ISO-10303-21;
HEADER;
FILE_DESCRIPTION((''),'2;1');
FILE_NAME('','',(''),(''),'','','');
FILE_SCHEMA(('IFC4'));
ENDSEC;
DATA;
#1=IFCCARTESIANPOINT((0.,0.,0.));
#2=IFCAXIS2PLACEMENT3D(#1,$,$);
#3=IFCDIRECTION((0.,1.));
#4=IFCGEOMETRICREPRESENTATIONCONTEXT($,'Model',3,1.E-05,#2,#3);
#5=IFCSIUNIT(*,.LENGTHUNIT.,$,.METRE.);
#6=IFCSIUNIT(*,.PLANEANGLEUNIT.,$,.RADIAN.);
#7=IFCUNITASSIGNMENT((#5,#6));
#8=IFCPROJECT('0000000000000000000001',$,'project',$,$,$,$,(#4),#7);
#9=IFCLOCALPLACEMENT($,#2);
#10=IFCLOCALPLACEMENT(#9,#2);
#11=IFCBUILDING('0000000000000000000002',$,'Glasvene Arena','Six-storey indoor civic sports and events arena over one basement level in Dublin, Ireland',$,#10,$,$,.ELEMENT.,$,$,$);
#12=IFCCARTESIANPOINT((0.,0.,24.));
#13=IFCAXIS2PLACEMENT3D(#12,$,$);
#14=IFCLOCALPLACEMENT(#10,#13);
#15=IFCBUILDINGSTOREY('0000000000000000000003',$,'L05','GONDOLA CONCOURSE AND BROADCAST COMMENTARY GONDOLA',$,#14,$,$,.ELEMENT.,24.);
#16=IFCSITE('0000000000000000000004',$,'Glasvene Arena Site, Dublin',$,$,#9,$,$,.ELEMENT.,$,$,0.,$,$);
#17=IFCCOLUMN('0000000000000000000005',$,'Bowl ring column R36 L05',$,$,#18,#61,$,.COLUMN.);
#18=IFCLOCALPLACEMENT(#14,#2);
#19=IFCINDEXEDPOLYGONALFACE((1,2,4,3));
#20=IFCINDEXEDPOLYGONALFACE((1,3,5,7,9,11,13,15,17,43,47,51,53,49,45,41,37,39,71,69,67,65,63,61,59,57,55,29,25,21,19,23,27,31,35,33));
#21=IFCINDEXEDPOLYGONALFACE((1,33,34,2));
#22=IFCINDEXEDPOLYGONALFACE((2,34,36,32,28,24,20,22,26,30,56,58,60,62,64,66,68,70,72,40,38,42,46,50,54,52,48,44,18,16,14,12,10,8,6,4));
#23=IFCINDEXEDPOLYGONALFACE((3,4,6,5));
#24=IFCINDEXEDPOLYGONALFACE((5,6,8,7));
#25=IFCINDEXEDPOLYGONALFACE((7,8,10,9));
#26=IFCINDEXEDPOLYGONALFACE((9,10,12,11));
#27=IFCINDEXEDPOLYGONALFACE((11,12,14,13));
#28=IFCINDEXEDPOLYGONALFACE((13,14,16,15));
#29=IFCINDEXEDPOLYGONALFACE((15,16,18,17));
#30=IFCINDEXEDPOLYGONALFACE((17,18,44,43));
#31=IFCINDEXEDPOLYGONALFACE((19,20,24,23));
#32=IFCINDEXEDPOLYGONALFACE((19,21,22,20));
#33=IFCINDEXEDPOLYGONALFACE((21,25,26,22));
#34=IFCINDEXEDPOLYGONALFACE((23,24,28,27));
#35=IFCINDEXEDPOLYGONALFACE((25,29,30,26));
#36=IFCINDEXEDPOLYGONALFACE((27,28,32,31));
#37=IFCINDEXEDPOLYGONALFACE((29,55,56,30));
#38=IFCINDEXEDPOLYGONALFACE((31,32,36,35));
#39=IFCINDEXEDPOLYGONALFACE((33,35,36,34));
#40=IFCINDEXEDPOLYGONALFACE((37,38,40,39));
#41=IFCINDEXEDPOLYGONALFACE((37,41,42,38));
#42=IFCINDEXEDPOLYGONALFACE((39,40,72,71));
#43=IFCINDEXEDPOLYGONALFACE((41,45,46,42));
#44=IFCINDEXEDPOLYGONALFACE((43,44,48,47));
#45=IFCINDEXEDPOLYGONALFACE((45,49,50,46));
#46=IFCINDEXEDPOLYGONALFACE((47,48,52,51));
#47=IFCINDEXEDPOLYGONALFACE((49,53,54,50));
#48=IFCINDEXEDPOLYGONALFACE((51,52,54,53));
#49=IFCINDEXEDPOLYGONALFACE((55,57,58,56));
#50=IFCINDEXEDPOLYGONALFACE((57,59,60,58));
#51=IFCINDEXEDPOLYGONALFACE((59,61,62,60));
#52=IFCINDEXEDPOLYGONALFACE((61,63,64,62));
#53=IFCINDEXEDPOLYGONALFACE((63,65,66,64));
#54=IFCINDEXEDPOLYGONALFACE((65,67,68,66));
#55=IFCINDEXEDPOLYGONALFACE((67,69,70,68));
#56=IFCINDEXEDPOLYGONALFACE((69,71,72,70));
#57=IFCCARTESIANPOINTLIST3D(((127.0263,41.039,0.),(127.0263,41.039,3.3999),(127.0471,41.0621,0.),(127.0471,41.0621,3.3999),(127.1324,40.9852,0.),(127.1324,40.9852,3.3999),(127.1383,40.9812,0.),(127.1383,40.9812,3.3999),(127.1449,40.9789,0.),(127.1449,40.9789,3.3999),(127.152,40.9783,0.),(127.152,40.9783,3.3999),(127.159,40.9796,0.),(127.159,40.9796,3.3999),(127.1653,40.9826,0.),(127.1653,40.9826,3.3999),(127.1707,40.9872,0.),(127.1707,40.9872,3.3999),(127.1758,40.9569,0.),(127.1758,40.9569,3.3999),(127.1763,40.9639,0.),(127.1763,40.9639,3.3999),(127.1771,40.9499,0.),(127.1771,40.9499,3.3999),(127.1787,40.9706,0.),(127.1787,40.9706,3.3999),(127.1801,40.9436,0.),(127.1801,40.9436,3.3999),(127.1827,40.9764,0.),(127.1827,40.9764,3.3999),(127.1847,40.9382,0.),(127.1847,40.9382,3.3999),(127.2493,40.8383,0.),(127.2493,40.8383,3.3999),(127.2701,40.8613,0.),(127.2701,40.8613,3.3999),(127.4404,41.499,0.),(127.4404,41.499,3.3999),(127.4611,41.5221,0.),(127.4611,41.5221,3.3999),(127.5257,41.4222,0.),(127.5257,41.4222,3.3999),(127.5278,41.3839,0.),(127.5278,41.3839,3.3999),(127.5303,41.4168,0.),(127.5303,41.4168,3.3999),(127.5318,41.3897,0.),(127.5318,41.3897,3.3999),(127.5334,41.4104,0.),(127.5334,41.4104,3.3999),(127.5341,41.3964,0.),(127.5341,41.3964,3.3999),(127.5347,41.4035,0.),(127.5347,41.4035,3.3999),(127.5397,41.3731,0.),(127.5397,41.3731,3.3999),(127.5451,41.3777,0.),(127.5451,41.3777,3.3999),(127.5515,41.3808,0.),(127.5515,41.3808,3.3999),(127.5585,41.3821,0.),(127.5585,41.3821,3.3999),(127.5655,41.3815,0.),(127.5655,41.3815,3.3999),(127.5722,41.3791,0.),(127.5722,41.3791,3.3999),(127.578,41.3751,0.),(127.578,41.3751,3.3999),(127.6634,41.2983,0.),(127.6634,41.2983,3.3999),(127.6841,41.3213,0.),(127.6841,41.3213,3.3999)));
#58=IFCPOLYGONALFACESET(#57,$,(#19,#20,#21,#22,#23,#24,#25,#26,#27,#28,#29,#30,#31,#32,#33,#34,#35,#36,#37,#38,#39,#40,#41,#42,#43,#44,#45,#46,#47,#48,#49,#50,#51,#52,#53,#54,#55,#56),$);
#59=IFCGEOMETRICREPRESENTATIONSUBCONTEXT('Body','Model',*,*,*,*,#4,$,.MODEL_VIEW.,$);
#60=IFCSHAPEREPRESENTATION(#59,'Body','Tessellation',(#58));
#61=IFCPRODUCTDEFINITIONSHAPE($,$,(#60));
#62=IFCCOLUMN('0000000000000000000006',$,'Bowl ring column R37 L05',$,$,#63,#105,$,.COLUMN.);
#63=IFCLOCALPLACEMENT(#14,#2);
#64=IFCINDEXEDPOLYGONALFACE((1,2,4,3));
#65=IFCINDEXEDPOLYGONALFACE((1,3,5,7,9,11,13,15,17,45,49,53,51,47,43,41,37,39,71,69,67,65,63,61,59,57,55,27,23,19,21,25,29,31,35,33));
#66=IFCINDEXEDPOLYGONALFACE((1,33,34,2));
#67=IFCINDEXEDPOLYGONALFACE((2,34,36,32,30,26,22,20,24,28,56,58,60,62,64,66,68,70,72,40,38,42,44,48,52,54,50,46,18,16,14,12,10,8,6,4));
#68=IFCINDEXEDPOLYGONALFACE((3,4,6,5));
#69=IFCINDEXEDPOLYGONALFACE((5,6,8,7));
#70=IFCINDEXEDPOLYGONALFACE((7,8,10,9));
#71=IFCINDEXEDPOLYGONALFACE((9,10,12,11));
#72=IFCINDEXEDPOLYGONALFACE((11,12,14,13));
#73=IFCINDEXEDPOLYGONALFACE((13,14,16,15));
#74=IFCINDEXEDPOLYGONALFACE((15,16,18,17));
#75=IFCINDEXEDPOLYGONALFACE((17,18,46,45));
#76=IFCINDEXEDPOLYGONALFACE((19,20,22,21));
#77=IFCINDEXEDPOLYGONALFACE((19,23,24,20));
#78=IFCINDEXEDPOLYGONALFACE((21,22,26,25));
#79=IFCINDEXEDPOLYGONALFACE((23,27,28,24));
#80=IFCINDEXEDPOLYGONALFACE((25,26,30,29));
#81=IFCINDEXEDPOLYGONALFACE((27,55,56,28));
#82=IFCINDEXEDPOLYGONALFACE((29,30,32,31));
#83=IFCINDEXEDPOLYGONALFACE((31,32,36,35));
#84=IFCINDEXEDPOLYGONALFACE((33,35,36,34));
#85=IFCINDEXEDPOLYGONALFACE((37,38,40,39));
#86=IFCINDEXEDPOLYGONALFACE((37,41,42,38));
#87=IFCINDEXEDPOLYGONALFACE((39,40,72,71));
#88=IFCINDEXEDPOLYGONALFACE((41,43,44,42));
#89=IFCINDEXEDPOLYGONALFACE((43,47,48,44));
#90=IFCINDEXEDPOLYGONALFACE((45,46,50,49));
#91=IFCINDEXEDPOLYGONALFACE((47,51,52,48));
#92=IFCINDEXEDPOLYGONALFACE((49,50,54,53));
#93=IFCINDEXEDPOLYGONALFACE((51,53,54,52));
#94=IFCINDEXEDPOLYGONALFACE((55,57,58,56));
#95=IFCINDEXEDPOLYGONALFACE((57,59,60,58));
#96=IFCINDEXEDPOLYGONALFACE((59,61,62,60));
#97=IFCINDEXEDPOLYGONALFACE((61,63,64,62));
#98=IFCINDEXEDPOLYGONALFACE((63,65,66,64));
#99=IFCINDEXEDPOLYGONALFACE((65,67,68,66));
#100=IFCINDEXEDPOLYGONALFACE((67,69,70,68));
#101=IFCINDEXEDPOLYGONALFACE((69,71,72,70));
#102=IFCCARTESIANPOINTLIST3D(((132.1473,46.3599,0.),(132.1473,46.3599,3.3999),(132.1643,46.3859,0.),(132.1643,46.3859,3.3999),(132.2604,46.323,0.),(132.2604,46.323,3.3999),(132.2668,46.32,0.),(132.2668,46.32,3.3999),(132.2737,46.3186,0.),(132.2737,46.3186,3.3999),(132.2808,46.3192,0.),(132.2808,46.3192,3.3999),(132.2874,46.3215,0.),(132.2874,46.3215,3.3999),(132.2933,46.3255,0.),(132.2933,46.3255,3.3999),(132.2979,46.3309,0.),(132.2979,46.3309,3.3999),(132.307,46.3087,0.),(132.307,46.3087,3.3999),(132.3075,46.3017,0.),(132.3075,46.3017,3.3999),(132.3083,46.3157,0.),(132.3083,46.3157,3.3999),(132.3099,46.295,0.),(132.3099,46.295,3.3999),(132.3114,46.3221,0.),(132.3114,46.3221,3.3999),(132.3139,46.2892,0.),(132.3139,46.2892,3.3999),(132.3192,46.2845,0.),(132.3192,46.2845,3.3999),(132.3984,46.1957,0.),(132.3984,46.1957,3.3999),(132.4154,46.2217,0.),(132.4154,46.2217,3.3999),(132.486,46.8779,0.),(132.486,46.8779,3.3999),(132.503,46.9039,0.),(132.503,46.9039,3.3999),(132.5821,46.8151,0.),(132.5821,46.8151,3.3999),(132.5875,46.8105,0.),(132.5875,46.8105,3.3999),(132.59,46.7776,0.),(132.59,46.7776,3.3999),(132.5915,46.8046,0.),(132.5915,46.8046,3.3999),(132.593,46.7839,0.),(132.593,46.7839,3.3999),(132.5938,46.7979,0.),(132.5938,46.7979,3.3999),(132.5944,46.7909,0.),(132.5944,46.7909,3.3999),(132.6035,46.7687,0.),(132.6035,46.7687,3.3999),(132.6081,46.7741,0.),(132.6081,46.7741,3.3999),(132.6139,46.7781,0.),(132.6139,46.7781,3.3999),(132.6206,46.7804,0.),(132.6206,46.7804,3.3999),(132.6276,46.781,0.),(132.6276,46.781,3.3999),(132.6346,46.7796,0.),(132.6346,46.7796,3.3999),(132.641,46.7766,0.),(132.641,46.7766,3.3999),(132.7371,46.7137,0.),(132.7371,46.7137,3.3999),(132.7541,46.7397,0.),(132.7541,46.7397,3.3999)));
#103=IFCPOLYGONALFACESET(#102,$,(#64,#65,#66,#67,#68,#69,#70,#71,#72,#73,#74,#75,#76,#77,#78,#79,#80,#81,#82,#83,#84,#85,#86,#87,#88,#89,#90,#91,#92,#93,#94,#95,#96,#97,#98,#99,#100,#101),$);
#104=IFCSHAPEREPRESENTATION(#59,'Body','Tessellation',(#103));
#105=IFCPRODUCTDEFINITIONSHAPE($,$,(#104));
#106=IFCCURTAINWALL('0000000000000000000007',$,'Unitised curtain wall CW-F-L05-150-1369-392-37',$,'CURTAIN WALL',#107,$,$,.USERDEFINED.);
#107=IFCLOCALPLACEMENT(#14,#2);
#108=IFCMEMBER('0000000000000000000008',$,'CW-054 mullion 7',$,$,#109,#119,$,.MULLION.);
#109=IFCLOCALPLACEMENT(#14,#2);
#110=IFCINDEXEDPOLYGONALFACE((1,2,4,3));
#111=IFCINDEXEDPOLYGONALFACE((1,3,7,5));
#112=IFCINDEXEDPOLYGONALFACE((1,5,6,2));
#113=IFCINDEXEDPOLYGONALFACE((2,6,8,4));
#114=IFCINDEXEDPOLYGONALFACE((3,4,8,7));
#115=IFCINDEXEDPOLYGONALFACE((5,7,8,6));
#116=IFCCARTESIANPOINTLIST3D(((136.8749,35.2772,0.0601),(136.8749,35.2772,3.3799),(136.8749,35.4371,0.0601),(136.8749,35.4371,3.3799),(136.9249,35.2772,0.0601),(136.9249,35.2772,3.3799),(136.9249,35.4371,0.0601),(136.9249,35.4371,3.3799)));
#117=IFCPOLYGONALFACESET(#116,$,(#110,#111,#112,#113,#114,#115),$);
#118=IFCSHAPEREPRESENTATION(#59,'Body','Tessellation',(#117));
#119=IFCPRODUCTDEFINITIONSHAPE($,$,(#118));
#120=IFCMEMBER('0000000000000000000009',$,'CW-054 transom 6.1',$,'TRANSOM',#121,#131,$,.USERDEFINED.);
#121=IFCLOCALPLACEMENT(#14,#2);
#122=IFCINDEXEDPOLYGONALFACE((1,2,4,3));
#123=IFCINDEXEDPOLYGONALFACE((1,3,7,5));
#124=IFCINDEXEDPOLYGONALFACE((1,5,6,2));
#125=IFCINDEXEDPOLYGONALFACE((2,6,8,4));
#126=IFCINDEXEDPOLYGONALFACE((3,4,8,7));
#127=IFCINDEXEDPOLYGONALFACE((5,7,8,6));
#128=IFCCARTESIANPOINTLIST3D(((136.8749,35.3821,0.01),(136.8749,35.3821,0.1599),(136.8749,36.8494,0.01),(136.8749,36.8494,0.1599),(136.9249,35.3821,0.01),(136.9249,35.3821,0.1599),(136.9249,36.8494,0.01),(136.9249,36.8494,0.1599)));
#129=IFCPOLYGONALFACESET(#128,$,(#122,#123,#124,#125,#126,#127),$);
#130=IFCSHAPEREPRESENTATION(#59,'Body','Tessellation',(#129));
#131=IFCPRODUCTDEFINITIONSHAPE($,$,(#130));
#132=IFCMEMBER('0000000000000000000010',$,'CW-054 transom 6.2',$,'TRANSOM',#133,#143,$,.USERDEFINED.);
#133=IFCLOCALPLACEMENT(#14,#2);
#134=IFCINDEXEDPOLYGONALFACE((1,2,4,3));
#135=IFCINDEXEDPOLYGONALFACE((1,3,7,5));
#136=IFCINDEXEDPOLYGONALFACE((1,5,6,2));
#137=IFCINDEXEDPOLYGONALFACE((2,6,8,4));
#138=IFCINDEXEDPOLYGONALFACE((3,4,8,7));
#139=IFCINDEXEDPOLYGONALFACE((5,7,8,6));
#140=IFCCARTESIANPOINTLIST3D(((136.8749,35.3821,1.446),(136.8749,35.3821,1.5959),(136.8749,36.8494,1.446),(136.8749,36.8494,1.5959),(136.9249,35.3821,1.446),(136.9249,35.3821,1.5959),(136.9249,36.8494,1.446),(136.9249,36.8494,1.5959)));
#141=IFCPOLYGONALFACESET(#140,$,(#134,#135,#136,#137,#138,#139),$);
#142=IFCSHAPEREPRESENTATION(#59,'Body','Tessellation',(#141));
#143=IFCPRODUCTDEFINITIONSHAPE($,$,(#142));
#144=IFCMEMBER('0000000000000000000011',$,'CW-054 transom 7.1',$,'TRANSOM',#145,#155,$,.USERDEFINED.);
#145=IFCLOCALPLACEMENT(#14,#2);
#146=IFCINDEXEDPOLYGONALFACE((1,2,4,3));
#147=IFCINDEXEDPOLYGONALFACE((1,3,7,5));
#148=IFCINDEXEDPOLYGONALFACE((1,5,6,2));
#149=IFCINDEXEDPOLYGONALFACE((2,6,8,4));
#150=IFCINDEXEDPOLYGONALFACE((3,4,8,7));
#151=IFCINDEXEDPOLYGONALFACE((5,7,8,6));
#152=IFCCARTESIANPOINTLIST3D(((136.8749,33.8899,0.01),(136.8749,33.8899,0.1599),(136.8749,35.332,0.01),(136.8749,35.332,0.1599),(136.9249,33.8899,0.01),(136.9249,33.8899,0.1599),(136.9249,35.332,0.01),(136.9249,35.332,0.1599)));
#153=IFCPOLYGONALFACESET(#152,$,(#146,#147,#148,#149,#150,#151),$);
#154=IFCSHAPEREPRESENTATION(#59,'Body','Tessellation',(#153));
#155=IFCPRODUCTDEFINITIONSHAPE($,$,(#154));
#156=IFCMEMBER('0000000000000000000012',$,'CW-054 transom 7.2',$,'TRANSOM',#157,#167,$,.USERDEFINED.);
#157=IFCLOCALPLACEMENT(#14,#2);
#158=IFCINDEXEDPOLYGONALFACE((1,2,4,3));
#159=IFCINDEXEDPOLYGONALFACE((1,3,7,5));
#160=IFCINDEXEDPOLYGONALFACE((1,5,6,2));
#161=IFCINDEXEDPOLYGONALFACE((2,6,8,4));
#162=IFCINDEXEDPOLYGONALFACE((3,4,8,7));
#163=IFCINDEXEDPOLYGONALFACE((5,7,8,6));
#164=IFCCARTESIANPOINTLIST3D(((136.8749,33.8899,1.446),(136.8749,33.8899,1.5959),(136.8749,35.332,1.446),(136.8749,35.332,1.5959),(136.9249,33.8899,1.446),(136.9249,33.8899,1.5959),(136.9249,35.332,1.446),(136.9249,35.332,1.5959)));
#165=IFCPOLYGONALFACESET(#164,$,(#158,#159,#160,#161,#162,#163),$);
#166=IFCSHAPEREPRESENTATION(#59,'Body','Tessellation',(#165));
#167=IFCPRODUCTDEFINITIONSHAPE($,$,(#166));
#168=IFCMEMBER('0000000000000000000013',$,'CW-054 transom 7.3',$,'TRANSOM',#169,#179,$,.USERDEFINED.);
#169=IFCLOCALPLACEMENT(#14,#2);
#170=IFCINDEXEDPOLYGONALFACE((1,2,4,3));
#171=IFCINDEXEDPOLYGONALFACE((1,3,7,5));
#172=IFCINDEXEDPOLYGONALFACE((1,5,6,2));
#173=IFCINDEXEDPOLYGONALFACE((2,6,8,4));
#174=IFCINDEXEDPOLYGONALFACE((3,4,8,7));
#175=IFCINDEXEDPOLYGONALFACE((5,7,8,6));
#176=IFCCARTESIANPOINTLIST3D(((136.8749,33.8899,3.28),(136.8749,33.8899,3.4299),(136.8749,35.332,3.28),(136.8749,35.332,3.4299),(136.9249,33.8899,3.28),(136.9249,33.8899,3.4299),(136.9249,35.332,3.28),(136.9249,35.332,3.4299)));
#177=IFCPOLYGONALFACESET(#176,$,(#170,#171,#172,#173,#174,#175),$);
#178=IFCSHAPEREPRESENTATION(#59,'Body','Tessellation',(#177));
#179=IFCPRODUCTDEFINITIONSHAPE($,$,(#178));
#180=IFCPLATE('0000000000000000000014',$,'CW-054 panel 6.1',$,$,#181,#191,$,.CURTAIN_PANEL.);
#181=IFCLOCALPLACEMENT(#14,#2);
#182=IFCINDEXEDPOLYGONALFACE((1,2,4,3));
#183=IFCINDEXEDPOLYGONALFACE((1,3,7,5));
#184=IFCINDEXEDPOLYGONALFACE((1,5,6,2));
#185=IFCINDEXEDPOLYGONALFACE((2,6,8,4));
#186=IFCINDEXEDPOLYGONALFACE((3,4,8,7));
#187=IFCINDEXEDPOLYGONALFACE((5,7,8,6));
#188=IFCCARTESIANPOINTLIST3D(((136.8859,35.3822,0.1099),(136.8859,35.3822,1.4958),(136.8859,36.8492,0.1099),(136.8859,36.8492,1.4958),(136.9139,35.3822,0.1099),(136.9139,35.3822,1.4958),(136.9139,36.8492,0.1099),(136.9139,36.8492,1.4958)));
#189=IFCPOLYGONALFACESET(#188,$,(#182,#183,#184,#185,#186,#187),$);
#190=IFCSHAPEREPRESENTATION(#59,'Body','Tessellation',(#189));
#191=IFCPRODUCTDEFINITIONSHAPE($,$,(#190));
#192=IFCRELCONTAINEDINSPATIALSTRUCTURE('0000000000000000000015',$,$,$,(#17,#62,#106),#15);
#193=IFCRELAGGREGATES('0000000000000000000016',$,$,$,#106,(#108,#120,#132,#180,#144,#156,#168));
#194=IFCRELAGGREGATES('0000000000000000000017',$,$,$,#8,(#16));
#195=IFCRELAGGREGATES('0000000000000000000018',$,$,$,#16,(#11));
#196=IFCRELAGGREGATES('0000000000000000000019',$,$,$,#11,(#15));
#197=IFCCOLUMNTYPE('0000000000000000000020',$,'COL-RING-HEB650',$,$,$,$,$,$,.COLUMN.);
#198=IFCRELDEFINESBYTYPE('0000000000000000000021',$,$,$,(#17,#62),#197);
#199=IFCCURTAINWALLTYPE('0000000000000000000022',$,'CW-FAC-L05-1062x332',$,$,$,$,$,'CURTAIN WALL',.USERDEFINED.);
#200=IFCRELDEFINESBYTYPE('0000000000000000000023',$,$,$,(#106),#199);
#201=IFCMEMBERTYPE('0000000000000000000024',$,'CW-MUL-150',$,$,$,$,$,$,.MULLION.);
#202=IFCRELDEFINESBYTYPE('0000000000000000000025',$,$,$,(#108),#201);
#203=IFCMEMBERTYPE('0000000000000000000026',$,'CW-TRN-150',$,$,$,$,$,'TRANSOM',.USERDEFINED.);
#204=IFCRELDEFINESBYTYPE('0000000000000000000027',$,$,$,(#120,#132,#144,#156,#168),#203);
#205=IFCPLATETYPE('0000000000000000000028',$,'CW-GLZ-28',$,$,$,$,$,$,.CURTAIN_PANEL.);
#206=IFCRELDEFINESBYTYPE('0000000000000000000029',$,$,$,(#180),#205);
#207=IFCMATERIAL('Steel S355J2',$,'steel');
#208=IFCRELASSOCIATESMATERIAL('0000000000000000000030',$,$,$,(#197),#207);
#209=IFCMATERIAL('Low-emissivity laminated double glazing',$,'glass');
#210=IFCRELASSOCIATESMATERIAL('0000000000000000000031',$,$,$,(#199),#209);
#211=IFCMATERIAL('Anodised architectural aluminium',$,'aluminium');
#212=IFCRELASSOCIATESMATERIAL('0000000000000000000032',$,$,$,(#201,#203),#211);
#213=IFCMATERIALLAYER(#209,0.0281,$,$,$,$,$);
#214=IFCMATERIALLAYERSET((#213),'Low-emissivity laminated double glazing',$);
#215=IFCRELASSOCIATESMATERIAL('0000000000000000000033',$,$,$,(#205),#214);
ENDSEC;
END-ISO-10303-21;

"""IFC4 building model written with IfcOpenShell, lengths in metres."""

from ifc_helpers import new_model, si_unit, direction, frame, origin, origin_2d, place, context, subcontext, project, spatial, rectangle, i_section, extrude, material, layer, layer_set, material_profile, profile_set, type_object, element, aggregate, save


model = new_model("IFC4")

# Units and contexts
model_context = context("Model", 3, precision=1e-05, world=origin(), true_north=direction((0.0, 1.0)))
body_context = subcontext(model_context, "Body", "Model", "MODEL_VIEW")
ifc_project = project(units=[si_unit("LENGTHUNIT", "METRE"), si_unit("PLANEANGLEUNIT", "RADIAN")], contexts=[model_context])

# Site, building, storey
site_placement = place(None, origin())
site = spatial("IfcSite", under=ifc_project, at=site_placement, Name="Glasvene Arena Site, Dublin", CompositionType="ELEMENT", RefElevation=0.0)
building_placement = place(site_placement, origin())
building = spatial("IfcBuilding", under=site, at=building_placement, Name="Glasvene Arena", Description="Six-storey indoor civic sports and events arena over one basement level in Dublin, Ireland", CompositionType="ELEMENT")
storey_placement = place(building_placement, frame((0.0, 0.0, 24.0)))
storey = spatial("IfcBuildingStorey", under=building, at=storey_placement, Name="L05", Description="GONDOLA CONCOURSE AND BROADCAST COMMENTARY GONDOLA", CompositionType="ELEMENT", Elevation=24.0)

# Columns
ifc_material_1 = material(Name="Steel S355J2", Category="steel")
ifc_material_profile_1 = material_profile(ifc_material_1, i_section(OverallWidth=0.3, OverallDepth=0.6499, WebThickness=0.0161, FlangeThickness=0.031, FilletRadius=0.0271, at=origin_2d()), Name="HEB 650")
ifc_profile_set_1 = profile_set([ifc_material_profile_1], Name="Steel S355J2")
column_type = type_object("IfcColumnType", Name="COL-RING-HEB650", PredefinedType="COLUMN", material=ifc_profile_set_1)
for number, where, z_axis, x_axis, name in (
    (1, (127.3552, 41.1802, 0.0), (0.0, 0.0, 1.0), (0.743262, -0.669001, 0.0), "Bowl ring column R36 L05"),
    (2, (132.4507, 46.5498, 0.0), (0.0, 0.0, 1.0), (0.836955, -0.547271, 0.0), "Bowl ring column R37 L05"),
):
    element("IfcColumn", number, at=place(storey_placement, frame(where, z_axis=z_axis, x_axis=x_axis)), inside=storey, type_object=column_type, Name=name, PredefinedType="COLUMN", context=body_context, shape_type="SweptSolid", body=[
        extrude(i_section(OverallWidth=0.3, OverallDepth=0.6499, WebThickness=0.0161, FlangeThickness=0.031, FilletRadius=0.0271, at=origin_2d()), origin(), (0.0, 0.0, 1.0), 3.3999),
    ])

# Curtain wall, members, plate
ifc_material_2 = material(Name="Low-emissivity laminated double glazing", Category="glass")
curtain_wall_type = type_object("IfcCurtainWallType", Name="CW-FAC-L05-1062x332", ElementType="CURTAIN WALL", PredefinedType="USERDEFINED", material=ifc_material_2)
curtain_wall_placement = place(storey_placement, frame((136.8999, 44.46, 0.0)))
curtain_wall = element("IfcCurtainWall", 3, at=curtain_wall_placement, inside=storey, type_object=curtain_wall_type, Name="Unitised curtain wall CW-F-L05-150-1369-392-37", ObjectType="CURTAIN WALL", PredefinedType="USERDEFINED")
ifc_material_3 = material(Name="Anodised architectural aluminium", Category="aluminium")
ifc_material_profile_2 = material_profile(ifc_material_3, rectangle(XDim=0.05, YDim=0.1599, at=origin_2d()), Name="ALU MULLION 50x160")
ifc_profile_set_2 = profile_set([ifc_material_profile_2], Name="Anodised architectural aluminium")
member_type_1 = type_object("IfcMemberType", Name="CW-MUL-150", PredefinedType="MULLION", material=ifc_profile_set_2)
member_1_placement = place(storey_placement, frame((136.8999, 35.3572, 0.0601), z_axis=(0.0, 0.0, 1.0), x_axis=(1.0, 0.0, 0.0)))
member_1 = element("IfcMember", 4, at=member_1_placement, type_object=member_type_1, Name="CW-054 mullion 7", PredefinedType="MULLION", context=body_context, shape_type="SweptSolid", body=[
    extrude(rectangle(XDim=0.05, YDim=0.1599, at=origin_2d()), origin(), (0.0, 0.0, 1.0), 3.3198),
])
ifc_material_profile_3 = material_profile(ifc_material_3, rectangle(XDim=0.05, YDim=0.1499, at=origin_2d()), Name="ALU TRANSOM 50x150")
ifc_profile_set_3 = profile_set([ifc_material_profile_3], Name="Anodised architectural aluminium")
member_type_2 = type_object("IfcMemberType", Name="CW-TRN-150", ElementType="TRANSOM", PredefinedType="USERDEFINED", material=ifc_profile_set_3)
member_2_placement = place(storey_placement, frame((136.8999, 36.8494, 0.085), z_axis=(0.0, -1.0, 0.0), x_axis=(1.0, 0.0, 0.0)))
member_2 = element("IfcMember", 5, at=member_2_placement, type_object=member_type_2, Name="CW-054 transom 6.1", ObjectType="TRANSOM", PredefinedType="USERDEFINED", context=body_context, shape_type="SweptSolid", body=[
    extrude(rectangle(XDim=0.05, YDim=0.1499, at=origin_2d()), origin(), (0.0, 0.0, 1.0), 1.4673),
])
member_3_placement = place(storey_placement, frame((136.8999, 36.8494, 1.521), z_axis=(0.0, -1.0, 0.0), x_axis=(1.0, 0.0, 0.0)))
member_3 = element("IfcMember", 6, at=member_3_placement, type_object=member_type_2, Name="CW-054 transom 6.2", ObjectType="TRANSOM", PredefinedType="USERDEFINED", context=body_context, shape_type="SweptSolid", body=[
    extrude(rectangle(XDim=0.05, YDim=0.1499, at=origin_2d()), origin(), (0.0, 0.0, 1.0), 1.4673),
])
member_4_placement = place(storey_placement, frame((136.8999, 35.332, 0.085), z_axis=(0.0, -1.0, 0.0), x_axis=(1.0, 0.0, 0.0)))
member_4 = element("IfcMember", 7, at=member_4_placement, type_object=member_type_2, Name="CW-054 transom 7.1", ObjectType="TRANSOM", PredefinedType="USERDEFINED", context=body_context, shape_type="SweptSolid", body=[
    extrude(rectangle(XDim=0.05, YDim=0.1499, at=origin_2d()), origin(), (0.0, 0.0, 1.0), 1.4421),
])
member_5_placement = place(storey_placement, frame((136.8999, 35.332, 1.521), z_axis=(0.0, -1.0, 0.0), x_axis=(1.0, 0.0, 0.0)))
member_5 = element("IfcMember", 8, at=member_5_placement, type_object=member_type_2, Name="CW-054 transom 7.2", ObjectType="TRANSOM", PredefinedType="USERDEFINED", context=body_context, shape_type="SweptSolid", body=[
    extrude(rectangle(XDim=0.05, YDim=0.1499, at=origin_2d()), origin(), (0.0, 0.0, 1.0), 1.4421),
])
member_6_placement = place(storey_placement, frame((136.8999, 35.332, 3.355), z_axis=(0.0, -1.0, 0.0), x_axis=(1.0, 0.0, 0.0)))
member_6 = element("IfcMember", 9, at=member_6_placement, type_object=member_type_2, Name="CW-054 transom 7.3", ObjectType="TRANSOM", PredefinedType="USERDEFINED", context=body_context, shape_type="SweptSolid", body=[
    extrude(rectangle(XDim=0.05, YDim=0.1499, at=origin_2d()), origin(), (0.0, 0.0, 1.0), 1.4421),
])
ifc_layer_1 = layer(ifc_material_2, 0.0281)
ifc_layer_set_1 = layer_set([ifc_layer_1], Name="Low-emissivity laminated double glazing")
plate_type = type_object("IfcPlateType", Name="CW-GLZ-28", PredefinedType="CURTAIN_PANEL", material=ifc_layer_set_1)
plate_1_placement = place(storey_placement, frame((136.8999, 36.1157, 0.1099), z_axis=(0.0, 0.0, 1.0), x_axis=(0.0, -1.0, 0.0)))
plate_1 = element("IfcPlate", 10, at=plate_1_placement, type_object=plate_type, Name="CW-054 panel 6.1", PredefinedType="CURTAIN_PANEL", context=body_context, shape_type="SweptSolid", body=[
    extrude(rectangle(XDim=1.467, YDim=0.0281, at=origin_2d()), origin(), (0.0, 0.0, 1.0), 1.386),
])
aggregate(curtain_wall, [member_1, member_2, member_3, plate_1, member_4, member_5, member_6])

save(model, "model.ifc")
